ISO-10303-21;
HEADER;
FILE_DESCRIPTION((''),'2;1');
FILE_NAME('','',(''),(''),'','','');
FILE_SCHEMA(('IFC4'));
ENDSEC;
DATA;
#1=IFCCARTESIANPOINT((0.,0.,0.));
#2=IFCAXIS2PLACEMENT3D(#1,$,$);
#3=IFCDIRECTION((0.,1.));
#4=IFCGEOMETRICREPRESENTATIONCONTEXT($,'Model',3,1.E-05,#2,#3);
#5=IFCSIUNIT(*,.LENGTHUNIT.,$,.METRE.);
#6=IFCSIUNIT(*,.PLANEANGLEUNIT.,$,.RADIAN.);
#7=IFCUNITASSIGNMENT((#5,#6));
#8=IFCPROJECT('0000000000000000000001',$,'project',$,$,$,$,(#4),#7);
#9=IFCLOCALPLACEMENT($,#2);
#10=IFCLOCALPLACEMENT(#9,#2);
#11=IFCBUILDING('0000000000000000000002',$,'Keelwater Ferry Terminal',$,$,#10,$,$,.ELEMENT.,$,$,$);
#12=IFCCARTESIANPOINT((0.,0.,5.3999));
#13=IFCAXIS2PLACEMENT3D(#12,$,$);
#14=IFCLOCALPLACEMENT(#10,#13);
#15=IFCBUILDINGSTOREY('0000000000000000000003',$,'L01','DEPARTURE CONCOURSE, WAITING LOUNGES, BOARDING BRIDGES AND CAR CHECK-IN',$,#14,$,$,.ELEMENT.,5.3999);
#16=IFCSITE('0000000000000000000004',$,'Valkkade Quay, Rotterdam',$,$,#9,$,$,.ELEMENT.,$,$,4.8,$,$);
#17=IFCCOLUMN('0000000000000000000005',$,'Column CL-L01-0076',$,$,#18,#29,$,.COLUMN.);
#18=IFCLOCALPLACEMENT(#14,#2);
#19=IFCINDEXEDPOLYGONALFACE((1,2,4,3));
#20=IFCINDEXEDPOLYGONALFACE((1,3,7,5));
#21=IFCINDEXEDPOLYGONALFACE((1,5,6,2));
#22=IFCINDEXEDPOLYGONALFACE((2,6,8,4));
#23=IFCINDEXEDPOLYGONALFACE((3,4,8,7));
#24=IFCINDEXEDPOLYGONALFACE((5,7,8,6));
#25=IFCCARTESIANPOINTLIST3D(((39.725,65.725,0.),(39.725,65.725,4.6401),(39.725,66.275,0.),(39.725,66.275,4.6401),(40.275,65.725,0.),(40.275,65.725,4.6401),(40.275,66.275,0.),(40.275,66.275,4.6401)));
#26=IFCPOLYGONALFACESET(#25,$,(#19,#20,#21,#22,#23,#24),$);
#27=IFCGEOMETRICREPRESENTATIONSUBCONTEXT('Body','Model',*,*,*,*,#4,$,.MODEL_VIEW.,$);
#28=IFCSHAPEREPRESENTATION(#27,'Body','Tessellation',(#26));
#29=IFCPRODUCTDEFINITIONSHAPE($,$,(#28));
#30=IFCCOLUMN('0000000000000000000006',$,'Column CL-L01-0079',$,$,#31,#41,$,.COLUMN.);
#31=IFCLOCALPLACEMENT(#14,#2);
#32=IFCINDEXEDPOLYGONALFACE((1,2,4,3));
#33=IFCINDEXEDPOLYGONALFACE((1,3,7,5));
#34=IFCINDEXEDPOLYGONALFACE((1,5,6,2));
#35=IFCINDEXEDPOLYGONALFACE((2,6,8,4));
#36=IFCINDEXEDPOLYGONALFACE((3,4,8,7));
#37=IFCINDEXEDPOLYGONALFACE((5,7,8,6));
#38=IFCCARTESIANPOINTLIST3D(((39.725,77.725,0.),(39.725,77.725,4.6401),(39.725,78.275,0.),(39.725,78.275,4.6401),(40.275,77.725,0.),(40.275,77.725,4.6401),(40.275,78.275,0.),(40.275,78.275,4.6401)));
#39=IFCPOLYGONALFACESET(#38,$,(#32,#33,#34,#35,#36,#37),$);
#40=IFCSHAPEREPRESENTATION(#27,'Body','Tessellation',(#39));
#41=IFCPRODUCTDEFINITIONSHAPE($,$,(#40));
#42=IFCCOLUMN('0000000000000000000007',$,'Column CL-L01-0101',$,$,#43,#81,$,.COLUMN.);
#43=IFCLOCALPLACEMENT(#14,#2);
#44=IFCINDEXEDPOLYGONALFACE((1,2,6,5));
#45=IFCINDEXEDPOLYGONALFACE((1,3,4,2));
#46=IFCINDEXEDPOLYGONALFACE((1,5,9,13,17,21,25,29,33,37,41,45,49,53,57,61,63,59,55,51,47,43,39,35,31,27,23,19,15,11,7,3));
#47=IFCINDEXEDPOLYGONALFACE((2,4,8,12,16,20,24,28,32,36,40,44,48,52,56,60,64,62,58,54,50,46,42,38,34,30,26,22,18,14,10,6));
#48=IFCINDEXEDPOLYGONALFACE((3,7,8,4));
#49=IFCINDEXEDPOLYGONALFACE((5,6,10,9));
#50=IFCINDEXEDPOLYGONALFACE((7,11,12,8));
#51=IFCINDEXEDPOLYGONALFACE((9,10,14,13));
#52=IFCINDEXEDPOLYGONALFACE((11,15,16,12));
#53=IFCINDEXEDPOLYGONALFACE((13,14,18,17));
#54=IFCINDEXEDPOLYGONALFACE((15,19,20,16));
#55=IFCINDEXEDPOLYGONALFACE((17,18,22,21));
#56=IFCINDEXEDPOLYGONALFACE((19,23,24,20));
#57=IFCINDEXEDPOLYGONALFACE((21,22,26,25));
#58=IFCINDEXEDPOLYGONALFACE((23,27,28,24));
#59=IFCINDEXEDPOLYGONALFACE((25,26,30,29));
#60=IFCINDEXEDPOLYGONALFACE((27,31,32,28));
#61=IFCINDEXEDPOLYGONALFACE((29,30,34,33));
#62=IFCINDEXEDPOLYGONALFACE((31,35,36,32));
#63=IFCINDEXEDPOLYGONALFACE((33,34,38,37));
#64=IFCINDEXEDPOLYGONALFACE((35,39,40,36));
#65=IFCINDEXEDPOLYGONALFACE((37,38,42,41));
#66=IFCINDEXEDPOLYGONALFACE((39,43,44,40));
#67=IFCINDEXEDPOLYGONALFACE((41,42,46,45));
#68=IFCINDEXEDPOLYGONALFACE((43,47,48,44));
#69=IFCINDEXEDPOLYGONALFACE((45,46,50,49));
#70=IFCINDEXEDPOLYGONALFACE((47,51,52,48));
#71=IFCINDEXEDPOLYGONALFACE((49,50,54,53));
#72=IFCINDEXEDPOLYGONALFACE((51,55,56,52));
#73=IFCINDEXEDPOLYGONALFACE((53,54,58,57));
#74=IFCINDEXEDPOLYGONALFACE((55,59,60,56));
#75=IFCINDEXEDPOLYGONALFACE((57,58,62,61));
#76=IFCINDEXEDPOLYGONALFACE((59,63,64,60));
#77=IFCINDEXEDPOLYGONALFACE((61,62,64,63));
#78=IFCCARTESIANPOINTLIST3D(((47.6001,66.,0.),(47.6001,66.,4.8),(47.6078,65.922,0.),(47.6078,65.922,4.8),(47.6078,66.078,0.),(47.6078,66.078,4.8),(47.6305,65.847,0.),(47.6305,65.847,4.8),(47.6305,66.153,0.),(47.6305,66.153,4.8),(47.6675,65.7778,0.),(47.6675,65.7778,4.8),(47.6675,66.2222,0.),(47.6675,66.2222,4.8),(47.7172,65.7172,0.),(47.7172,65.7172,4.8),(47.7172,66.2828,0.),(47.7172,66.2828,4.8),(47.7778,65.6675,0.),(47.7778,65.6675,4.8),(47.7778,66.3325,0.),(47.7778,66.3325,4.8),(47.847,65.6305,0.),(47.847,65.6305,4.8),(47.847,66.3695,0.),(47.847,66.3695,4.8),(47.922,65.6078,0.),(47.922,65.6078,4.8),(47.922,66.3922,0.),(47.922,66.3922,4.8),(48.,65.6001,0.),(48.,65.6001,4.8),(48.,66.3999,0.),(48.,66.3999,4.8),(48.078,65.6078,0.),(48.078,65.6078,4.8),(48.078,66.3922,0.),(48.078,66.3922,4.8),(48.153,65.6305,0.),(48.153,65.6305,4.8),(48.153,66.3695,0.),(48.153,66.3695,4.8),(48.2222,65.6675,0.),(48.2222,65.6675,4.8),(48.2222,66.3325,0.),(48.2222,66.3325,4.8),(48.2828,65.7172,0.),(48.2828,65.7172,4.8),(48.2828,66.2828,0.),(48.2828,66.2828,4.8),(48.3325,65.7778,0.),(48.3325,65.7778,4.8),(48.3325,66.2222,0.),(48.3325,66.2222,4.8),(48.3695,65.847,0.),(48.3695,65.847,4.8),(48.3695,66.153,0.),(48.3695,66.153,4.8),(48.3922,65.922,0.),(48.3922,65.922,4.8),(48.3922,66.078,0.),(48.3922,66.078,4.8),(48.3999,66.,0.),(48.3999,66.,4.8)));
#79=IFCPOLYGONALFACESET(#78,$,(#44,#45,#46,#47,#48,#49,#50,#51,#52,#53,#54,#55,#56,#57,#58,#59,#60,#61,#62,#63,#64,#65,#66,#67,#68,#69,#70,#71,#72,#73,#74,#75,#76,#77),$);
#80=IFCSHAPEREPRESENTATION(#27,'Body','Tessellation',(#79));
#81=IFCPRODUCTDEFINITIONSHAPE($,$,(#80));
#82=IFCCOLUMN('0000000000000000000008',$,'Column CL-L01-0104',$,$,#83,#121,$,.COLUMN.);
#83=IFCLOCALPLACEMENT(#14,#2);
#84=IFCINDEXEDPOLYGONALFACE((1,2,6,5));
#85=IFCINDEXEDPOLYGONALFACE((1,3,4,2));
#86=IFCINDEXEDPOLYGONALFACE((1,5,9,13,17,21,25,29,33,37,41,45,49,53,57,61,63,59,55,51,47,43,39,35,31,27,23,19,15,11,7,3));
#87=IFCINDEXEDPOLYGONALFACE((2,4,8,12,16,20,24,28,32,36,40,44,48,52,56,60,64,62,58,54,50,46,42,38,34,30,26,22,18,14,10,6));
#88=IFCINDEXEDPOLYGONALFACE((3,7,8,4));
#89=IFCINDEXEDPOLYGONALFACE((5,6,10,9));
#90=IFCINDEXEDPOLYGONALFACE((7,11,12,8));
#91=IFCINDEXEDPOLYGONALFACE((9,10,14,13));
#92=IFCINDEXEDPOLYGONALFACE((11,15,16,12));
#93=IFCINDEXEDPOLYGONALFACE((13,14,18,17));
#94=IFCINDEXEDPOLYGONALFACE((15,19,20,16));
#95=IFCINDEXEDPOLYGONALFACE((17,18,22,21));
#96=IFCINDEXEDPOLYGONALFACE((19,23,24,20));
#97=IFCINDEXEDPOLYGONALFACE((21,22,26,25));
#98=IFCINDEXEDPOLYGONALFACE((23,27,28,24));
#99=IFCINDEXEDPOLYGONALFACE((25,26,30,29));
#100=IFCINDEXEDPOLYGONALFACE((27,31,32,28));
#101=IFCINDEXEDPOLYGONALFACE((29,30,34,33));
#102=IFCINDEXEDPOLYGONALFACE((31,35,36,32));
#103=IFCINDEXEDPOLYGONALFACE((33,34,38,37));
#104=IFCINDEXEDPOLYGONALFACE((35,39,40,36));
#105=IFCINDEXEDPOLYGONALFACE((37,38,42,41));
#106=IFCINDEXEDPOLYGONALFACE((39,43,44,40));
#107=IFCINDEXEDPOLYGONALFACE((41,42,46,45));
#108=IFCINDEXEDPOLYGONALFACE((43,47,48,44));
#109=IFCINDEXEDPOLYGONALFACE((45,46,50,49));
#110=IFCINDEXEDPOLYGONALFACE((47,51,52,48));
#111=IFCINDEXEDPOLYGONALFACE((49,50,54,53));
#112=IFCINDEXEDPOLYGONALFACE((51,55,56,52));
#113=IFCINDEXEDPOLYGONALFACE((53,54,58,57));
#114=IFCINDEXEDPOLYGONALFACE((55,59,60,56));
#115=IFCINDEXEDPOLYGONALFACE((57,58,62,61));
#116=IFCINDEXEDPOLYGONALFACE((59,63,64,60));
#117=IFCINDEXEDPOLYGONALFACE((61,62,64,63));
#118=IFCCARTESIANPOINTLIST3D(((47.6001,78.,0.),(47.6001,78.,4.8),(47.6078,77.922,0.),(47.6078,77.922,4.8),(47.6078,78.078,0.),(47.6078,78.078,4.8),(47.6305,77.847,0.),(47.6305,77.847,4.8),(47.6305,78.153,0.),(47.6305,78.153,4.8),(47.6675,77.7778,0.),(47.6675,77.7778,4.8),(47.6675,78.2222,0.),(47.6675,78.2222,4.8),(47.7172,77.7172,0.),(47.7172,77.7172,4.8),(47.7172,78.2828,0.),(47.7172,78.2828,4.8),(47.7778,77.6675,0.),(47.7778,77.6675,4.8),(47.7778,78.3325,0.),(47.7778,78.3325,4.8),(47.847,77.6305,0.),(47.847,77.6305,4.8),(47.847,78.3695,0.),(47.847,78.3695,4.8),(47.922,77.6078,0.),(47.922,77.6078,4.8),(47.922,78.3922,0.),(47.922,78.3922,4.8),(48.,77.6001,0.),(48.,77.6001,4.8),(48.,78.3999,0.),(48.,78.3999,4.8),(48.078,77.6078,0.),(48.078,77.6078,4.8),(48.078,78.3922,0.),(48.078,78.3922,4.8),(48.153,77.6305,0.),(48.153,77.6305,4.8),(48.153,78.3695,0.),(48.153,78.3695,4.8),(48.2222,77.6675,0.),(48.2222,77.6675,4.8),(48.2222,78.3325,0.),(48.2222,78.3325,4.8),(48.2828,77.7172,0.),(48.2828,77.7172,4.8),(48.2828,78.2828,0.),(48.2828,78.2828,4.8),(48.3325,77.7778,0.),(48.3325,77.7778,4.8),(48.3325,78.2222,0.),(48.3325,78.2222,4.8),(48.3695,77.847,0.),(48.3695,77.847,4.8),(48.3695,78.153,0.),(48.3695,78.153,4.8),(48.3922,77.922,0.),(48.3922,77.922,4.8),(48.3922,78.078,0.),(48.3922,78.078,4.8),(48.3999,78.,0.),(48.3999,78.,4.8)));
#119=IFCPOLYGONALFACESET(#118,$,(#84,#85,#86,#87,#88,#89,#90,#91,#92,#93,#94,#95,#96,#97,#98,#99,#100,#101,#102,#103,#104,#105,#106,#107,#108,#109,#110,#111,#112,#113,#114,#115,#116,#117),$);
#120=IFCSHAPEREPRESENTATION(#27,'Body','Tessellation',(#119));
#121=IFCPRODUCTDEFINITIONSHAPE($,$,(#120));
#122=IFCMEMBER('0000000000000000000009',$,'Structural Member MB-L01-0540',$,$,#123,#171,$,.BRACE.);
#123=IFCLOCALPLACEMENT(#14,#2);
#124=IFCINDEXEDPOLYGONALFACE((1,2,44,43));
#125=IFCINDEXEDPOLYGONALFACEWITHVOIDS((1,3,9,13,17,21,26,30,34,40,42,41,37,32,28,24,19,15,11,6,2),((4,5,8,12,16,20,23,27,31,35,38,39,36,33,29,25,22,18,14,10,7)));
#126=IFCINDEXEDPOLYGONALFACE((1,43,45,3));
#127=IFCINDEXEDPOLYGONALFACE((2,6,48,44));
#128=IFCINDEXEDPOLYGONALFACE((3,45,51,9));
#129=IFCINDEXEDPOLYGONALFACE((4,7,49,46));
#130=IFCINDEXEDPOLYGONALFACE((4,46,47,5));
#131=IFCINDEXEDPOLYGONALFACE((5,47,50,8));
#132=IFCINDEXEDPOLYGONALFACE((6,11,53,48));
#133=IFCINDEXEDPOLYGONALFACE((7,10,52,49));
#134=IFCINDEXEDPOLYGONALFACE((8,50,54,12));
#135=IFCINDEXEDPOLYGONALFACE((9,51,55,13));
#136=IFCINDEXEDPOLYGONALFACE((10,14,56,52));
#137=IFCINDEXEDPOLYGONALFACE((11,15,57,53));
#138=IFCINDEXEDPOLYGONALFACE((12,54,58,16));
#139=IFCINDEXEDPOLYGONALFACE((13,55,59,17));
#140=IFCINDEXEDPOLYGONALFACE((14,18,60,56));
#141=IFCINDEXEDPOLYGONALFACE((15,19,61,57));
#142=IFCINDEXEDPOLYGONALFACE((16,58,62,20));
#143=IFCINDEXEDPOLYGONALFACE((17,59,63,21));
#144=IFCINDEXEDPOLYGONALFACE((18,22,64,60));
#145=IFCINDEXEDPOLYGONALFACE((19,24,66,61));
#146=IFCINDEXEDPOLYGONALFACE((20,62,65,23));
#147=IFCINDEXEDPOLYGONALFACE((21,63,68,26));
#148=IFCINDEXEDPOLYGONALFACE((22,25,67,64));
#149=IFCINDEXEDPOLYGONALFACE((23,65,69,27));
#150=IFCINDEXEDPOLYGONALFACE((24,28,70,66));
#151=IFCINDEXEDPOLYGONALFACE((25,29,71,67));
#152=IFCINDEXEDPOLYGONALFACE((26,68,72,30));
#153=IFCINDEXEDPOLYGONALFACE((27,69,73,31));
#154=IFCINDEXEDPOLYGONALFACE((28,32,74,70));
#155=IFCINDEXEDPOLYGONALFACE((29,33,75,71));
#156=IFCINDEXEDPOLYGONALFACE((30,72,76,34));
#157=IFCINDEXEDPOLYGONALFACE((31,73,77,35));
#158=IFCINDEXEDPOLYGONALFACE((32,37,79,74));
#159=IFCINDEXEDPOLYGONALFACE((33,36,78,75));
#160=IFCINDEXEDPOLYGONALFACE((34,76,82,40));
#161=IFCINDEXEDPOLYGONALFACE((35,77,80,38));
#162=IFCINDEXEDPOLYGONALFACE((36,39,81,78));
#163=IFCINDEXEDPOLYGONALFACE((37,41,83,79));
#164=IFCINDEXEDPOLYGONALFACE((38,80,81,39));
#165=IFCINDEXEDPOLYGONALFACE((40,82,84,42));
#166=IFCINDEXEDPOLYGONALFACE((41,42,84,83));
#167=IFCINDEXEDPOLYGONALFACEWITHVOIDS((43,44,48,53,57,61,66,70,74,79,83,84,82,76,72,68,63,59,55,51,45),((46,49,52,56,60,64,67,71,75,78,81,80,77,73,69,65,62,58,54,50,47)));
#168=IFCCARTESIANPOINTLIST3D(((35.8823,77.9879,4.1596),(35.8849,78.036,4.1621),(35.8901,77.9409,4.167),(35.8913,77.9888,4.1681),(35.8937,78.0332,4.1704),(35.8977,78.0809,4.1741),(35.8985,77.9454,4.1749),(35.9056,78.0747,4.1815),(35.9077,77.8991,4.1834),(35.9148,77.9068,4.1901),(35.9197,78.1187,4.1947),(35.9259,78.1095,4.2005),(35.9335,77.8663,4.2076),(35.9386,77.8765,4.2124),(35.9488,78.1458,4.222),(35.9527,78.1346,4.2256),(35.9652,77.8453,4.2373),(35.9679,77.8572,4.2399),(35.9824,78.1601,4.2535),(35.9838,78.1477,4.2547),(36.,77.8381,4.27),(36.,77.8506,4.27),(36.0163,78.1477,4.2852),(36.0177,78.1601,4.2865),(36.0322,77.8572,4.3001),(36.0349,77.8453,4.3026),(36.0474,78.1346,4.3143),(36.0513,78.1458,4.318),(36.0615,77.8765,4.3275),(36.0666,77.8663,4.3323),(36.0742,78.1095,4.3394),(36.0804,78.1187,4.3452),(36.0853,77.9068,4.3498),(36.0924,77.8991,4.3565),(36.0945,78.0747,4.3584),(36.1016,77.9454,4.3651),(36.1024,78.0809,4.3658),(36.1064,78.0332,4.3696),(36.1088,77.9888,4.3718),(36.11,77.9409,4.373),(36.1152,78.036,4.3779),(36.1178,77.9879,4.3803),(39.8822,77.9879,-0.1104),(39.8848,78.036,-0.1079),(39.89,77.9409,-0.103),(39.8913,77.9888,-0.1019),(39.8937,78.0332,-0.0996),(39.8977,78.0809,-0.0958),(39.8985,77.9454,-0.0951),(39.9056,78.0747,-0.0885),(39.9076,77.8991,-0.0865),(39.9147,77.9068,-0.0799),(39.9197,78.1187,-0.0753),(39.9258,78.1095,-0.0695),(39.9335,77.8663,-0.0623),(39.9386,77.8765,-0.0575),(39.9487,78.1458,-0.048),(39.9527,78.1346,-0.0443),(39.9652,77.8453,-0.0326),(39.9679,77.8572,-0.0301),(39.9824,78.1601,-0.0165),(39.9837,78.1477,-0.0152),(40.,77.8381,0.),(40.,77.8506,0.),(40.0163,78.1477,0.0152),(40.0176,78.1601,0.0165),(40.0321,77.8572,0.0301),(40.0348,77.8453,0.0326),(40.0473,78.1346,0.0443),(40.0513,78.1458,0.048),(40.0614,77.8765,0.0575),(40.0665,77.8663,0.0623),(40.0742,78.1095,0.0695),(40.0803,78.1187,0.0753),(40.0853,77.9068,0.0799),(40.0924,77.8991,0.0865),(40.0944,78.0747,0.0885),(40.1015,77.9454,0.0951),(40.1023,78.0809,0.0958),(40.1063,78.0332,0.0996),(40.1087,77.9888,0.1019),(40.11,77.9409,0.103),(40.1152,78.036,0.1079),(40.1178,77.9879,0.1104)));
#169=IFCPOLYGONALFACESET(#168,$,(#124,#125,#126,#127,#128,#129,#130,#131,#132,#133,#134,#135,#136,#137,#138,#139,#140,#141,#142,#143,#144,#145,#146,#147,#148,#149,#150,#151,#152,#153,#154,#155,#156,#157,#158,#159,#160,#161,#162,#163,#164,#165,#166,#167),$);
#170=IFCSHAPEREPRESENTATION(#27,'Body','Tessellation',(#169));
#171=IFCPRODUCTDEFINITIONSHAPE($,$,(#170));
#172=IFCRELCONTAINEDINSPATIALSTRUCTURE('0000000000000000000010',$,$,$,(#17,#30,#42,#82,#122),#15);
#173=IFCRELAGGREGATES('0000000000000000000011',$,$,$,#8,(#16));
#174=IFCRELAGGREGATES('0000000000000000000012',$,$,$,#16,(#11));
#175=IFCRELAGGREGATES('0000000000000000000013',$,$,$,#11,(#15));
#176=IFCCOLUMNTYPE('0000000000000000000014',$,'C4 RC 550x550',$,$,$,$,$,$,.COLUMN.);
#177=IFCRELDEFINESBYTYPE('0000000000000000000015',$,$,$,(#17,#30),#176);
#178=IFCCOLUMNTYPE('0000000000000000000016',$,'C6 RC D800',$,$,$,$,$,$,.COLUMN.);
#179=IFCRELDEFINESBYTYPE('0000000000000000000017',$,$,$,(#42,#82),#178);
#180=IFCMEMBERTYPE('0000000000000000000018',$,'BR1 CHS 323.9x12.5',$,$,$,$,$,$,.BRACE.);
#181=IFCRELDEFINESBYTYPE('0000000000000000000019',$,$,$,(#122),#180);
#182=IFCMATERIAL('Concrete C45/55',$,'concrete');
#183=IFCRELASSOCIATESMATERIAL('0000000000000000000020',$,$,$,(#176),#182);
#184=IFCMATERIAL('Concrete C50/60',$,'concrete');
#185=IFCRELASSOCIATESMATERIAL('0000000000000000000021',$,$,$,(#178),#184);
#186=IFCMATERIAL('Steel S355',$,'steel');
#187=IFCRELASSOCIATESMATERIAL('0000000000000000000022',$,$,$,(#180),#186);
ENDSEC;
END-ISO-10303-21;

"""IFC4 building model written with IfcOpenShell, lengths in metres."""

from ifc_helpers import new_model, si_unit, direction, frame, origin, origin_2d, place, context, subcontext, project, spatial, rectangle, circle, hollow_circle, extrude, material, material_profile, profile_set, type_object, element, save


model = new_model("IFC4")

# Units and contexts
model_context = context("Model", 3, precision=1e-05, world=origin(), true_north=direction((0.0, 1.0)))
body_context = subcontext(model_context, "Body", "Model", "MODEL_VIEW")
ifc_project = project(units=[si_unit("LENGTHUNIT", "METRE"), si_unit("PLANEANGLEUNIT", "RADIAN")], contexts=[model_context])

# Site, building, storey
site_placement = place(None, origin())
site = spatial("IfcSite", under=ifc_project, at=site_placement, Name="Valkkade Quay, Rotterdam", CompositionType="ELEMENT", RefElevation=4.8)
building_placement = place(site_placement, origin())
building = spatial("IfcBuilding", under=site, at=building_placement, Name="Keelwater Ferry Terminal", CompositionType="ELEMENT")
storey_placement = place(building_placement, frame((0.0, 0.0, 5.3999)))
storey = spatial("IfcBuildingStorey", under=building, at=storey_placement, Name="L01", Description="DEPARTURE CONCOURSE, WAITING LOUNGES, BOARDING BRIDGES AND CAR CHECK-IN", CompositionType="ELEMENT", Elevation=5.3999)

# Columns
ifc_material_1 = material(Name="Concrete C45/55", Category="concrete")
ifc_material_profile_1 = material_profile(ifc_material_1, rectangle(XDim=0.55, YDim=0.55, at=origin_2d()), Name="RC 550x550")
ifc_profile_set_1 = profile_set([ifc_material_profile_1], Name="Concrete C45/55")
column_type_1 = type_object("IfcColumnType", Name="C4 RC 550x550", PredefinedType="COLUMN", material=ifc_profile_set_1)
for number, where, z_axis, x_axis, name in (
    (1, (40.0, 66.0, 0.0), (0.0, 0.0, 1.0), (1.0, 0.0, 0.0), "Column CL-L01-0076"),
    (2, (40.0, 78.0, 0.0), (0.0, 0.0, 1.0), (1.0, 0.0, 0.0), "Column CL-L01-0079"),
):
    element("IfcColumn", number, at=place(storey_placement, frame(where, z_axis=z_axis, x_axis=x_axis)), inside=storey, type_object=column_type_1, Name=name, PredefinedType="COLUMN", context=body_context, shape_type="SweptSolid", body=[
        extrude(rectangle(XDim=0.55, YDim=0.55, at=origin_2d()), origin(), (0.0, 0.0, 1.0), 4.6401),
    ])
ifc_material_2 = material(Name="Concrete C50/60", Category="concrete")
ifc_material_profile_2 = material_profile(ifc_material_2, circle(Radius=0.3999, at=origin_2d()), Name="RC D800")
ifc_profile_set_2 = profile_set([ifc_material_profile_2], Name="Concrete C50/60")
column_type_2 = type_object("IfcColumnType", Name="C6 RC D800", PredefinedType="COLUMN", material=ifc_profile_set_2)
for number, where, z_axis, x_axis, name in (
    (3, (48.0, 66.0, 0.0), (0.0, 0.0, 1.0), (1.0, 0.0, 0.0), "Column CL-L01-0101"),
    (4, (48.0, 78.0, 0.0), (0.0, 0.0, 1.0), (1.0, 0.0, 0.0), "Column CL-L01-0104"),
):
    element("IfcColumn", number, at=place(storey_placement, frame(where, z_axis=z_axis, x_axis=x_axis)), inside=storey, type_object=column_type_2, Name=name, PredefinedType="COLUMN", context=body_context, shape_type="SweptSolid", body=[
        extrude(circle(Radius=0.3999, at=origin_2d()), origin(), (0.0, 0.0, 1.0), 4.8),
    ])

# Member
ifc_material_3 = material(Name="Steel S355", Category="steel")
ifc_material_profile_3 = material_profile(ifc_material_3, hollow_circle(Radius=0.1619, WallThickness=0.0125, at=origin_2d()), Name="CHS 323.9x12.5")
ifc_profile_set_3 = profile_set([ifc_material_profile_3], Name="Steel S355")
member_type = type_object("IfcMemberType", Name="BR1 CHS 323.9x12.5", PredefinedType="BRACE", material=ifc_profile_set_3)
member_1_placement = place(storey_placement, frame((40.0, 78.0, 0.0), z_axis=(-0.683655, 0.0, 0.729805), x_axis=(0.0, -1.0, 0.0)))
element("IfcMember", 5, at=member_1_placement, inside=storey, type_object=member_type, Name="Structural Member MB-L01-0540", PredefinedType="BRACE", context=body_context, shape_type="SweptSolid", body=[
    extrude(hollow_circle(Radius=0.1619, WallThickness=0.0125, at=origin_2d()), origin(), (0.0, 0.0, 1.0), 5.8508),
])

save(model, "model.ifc")
